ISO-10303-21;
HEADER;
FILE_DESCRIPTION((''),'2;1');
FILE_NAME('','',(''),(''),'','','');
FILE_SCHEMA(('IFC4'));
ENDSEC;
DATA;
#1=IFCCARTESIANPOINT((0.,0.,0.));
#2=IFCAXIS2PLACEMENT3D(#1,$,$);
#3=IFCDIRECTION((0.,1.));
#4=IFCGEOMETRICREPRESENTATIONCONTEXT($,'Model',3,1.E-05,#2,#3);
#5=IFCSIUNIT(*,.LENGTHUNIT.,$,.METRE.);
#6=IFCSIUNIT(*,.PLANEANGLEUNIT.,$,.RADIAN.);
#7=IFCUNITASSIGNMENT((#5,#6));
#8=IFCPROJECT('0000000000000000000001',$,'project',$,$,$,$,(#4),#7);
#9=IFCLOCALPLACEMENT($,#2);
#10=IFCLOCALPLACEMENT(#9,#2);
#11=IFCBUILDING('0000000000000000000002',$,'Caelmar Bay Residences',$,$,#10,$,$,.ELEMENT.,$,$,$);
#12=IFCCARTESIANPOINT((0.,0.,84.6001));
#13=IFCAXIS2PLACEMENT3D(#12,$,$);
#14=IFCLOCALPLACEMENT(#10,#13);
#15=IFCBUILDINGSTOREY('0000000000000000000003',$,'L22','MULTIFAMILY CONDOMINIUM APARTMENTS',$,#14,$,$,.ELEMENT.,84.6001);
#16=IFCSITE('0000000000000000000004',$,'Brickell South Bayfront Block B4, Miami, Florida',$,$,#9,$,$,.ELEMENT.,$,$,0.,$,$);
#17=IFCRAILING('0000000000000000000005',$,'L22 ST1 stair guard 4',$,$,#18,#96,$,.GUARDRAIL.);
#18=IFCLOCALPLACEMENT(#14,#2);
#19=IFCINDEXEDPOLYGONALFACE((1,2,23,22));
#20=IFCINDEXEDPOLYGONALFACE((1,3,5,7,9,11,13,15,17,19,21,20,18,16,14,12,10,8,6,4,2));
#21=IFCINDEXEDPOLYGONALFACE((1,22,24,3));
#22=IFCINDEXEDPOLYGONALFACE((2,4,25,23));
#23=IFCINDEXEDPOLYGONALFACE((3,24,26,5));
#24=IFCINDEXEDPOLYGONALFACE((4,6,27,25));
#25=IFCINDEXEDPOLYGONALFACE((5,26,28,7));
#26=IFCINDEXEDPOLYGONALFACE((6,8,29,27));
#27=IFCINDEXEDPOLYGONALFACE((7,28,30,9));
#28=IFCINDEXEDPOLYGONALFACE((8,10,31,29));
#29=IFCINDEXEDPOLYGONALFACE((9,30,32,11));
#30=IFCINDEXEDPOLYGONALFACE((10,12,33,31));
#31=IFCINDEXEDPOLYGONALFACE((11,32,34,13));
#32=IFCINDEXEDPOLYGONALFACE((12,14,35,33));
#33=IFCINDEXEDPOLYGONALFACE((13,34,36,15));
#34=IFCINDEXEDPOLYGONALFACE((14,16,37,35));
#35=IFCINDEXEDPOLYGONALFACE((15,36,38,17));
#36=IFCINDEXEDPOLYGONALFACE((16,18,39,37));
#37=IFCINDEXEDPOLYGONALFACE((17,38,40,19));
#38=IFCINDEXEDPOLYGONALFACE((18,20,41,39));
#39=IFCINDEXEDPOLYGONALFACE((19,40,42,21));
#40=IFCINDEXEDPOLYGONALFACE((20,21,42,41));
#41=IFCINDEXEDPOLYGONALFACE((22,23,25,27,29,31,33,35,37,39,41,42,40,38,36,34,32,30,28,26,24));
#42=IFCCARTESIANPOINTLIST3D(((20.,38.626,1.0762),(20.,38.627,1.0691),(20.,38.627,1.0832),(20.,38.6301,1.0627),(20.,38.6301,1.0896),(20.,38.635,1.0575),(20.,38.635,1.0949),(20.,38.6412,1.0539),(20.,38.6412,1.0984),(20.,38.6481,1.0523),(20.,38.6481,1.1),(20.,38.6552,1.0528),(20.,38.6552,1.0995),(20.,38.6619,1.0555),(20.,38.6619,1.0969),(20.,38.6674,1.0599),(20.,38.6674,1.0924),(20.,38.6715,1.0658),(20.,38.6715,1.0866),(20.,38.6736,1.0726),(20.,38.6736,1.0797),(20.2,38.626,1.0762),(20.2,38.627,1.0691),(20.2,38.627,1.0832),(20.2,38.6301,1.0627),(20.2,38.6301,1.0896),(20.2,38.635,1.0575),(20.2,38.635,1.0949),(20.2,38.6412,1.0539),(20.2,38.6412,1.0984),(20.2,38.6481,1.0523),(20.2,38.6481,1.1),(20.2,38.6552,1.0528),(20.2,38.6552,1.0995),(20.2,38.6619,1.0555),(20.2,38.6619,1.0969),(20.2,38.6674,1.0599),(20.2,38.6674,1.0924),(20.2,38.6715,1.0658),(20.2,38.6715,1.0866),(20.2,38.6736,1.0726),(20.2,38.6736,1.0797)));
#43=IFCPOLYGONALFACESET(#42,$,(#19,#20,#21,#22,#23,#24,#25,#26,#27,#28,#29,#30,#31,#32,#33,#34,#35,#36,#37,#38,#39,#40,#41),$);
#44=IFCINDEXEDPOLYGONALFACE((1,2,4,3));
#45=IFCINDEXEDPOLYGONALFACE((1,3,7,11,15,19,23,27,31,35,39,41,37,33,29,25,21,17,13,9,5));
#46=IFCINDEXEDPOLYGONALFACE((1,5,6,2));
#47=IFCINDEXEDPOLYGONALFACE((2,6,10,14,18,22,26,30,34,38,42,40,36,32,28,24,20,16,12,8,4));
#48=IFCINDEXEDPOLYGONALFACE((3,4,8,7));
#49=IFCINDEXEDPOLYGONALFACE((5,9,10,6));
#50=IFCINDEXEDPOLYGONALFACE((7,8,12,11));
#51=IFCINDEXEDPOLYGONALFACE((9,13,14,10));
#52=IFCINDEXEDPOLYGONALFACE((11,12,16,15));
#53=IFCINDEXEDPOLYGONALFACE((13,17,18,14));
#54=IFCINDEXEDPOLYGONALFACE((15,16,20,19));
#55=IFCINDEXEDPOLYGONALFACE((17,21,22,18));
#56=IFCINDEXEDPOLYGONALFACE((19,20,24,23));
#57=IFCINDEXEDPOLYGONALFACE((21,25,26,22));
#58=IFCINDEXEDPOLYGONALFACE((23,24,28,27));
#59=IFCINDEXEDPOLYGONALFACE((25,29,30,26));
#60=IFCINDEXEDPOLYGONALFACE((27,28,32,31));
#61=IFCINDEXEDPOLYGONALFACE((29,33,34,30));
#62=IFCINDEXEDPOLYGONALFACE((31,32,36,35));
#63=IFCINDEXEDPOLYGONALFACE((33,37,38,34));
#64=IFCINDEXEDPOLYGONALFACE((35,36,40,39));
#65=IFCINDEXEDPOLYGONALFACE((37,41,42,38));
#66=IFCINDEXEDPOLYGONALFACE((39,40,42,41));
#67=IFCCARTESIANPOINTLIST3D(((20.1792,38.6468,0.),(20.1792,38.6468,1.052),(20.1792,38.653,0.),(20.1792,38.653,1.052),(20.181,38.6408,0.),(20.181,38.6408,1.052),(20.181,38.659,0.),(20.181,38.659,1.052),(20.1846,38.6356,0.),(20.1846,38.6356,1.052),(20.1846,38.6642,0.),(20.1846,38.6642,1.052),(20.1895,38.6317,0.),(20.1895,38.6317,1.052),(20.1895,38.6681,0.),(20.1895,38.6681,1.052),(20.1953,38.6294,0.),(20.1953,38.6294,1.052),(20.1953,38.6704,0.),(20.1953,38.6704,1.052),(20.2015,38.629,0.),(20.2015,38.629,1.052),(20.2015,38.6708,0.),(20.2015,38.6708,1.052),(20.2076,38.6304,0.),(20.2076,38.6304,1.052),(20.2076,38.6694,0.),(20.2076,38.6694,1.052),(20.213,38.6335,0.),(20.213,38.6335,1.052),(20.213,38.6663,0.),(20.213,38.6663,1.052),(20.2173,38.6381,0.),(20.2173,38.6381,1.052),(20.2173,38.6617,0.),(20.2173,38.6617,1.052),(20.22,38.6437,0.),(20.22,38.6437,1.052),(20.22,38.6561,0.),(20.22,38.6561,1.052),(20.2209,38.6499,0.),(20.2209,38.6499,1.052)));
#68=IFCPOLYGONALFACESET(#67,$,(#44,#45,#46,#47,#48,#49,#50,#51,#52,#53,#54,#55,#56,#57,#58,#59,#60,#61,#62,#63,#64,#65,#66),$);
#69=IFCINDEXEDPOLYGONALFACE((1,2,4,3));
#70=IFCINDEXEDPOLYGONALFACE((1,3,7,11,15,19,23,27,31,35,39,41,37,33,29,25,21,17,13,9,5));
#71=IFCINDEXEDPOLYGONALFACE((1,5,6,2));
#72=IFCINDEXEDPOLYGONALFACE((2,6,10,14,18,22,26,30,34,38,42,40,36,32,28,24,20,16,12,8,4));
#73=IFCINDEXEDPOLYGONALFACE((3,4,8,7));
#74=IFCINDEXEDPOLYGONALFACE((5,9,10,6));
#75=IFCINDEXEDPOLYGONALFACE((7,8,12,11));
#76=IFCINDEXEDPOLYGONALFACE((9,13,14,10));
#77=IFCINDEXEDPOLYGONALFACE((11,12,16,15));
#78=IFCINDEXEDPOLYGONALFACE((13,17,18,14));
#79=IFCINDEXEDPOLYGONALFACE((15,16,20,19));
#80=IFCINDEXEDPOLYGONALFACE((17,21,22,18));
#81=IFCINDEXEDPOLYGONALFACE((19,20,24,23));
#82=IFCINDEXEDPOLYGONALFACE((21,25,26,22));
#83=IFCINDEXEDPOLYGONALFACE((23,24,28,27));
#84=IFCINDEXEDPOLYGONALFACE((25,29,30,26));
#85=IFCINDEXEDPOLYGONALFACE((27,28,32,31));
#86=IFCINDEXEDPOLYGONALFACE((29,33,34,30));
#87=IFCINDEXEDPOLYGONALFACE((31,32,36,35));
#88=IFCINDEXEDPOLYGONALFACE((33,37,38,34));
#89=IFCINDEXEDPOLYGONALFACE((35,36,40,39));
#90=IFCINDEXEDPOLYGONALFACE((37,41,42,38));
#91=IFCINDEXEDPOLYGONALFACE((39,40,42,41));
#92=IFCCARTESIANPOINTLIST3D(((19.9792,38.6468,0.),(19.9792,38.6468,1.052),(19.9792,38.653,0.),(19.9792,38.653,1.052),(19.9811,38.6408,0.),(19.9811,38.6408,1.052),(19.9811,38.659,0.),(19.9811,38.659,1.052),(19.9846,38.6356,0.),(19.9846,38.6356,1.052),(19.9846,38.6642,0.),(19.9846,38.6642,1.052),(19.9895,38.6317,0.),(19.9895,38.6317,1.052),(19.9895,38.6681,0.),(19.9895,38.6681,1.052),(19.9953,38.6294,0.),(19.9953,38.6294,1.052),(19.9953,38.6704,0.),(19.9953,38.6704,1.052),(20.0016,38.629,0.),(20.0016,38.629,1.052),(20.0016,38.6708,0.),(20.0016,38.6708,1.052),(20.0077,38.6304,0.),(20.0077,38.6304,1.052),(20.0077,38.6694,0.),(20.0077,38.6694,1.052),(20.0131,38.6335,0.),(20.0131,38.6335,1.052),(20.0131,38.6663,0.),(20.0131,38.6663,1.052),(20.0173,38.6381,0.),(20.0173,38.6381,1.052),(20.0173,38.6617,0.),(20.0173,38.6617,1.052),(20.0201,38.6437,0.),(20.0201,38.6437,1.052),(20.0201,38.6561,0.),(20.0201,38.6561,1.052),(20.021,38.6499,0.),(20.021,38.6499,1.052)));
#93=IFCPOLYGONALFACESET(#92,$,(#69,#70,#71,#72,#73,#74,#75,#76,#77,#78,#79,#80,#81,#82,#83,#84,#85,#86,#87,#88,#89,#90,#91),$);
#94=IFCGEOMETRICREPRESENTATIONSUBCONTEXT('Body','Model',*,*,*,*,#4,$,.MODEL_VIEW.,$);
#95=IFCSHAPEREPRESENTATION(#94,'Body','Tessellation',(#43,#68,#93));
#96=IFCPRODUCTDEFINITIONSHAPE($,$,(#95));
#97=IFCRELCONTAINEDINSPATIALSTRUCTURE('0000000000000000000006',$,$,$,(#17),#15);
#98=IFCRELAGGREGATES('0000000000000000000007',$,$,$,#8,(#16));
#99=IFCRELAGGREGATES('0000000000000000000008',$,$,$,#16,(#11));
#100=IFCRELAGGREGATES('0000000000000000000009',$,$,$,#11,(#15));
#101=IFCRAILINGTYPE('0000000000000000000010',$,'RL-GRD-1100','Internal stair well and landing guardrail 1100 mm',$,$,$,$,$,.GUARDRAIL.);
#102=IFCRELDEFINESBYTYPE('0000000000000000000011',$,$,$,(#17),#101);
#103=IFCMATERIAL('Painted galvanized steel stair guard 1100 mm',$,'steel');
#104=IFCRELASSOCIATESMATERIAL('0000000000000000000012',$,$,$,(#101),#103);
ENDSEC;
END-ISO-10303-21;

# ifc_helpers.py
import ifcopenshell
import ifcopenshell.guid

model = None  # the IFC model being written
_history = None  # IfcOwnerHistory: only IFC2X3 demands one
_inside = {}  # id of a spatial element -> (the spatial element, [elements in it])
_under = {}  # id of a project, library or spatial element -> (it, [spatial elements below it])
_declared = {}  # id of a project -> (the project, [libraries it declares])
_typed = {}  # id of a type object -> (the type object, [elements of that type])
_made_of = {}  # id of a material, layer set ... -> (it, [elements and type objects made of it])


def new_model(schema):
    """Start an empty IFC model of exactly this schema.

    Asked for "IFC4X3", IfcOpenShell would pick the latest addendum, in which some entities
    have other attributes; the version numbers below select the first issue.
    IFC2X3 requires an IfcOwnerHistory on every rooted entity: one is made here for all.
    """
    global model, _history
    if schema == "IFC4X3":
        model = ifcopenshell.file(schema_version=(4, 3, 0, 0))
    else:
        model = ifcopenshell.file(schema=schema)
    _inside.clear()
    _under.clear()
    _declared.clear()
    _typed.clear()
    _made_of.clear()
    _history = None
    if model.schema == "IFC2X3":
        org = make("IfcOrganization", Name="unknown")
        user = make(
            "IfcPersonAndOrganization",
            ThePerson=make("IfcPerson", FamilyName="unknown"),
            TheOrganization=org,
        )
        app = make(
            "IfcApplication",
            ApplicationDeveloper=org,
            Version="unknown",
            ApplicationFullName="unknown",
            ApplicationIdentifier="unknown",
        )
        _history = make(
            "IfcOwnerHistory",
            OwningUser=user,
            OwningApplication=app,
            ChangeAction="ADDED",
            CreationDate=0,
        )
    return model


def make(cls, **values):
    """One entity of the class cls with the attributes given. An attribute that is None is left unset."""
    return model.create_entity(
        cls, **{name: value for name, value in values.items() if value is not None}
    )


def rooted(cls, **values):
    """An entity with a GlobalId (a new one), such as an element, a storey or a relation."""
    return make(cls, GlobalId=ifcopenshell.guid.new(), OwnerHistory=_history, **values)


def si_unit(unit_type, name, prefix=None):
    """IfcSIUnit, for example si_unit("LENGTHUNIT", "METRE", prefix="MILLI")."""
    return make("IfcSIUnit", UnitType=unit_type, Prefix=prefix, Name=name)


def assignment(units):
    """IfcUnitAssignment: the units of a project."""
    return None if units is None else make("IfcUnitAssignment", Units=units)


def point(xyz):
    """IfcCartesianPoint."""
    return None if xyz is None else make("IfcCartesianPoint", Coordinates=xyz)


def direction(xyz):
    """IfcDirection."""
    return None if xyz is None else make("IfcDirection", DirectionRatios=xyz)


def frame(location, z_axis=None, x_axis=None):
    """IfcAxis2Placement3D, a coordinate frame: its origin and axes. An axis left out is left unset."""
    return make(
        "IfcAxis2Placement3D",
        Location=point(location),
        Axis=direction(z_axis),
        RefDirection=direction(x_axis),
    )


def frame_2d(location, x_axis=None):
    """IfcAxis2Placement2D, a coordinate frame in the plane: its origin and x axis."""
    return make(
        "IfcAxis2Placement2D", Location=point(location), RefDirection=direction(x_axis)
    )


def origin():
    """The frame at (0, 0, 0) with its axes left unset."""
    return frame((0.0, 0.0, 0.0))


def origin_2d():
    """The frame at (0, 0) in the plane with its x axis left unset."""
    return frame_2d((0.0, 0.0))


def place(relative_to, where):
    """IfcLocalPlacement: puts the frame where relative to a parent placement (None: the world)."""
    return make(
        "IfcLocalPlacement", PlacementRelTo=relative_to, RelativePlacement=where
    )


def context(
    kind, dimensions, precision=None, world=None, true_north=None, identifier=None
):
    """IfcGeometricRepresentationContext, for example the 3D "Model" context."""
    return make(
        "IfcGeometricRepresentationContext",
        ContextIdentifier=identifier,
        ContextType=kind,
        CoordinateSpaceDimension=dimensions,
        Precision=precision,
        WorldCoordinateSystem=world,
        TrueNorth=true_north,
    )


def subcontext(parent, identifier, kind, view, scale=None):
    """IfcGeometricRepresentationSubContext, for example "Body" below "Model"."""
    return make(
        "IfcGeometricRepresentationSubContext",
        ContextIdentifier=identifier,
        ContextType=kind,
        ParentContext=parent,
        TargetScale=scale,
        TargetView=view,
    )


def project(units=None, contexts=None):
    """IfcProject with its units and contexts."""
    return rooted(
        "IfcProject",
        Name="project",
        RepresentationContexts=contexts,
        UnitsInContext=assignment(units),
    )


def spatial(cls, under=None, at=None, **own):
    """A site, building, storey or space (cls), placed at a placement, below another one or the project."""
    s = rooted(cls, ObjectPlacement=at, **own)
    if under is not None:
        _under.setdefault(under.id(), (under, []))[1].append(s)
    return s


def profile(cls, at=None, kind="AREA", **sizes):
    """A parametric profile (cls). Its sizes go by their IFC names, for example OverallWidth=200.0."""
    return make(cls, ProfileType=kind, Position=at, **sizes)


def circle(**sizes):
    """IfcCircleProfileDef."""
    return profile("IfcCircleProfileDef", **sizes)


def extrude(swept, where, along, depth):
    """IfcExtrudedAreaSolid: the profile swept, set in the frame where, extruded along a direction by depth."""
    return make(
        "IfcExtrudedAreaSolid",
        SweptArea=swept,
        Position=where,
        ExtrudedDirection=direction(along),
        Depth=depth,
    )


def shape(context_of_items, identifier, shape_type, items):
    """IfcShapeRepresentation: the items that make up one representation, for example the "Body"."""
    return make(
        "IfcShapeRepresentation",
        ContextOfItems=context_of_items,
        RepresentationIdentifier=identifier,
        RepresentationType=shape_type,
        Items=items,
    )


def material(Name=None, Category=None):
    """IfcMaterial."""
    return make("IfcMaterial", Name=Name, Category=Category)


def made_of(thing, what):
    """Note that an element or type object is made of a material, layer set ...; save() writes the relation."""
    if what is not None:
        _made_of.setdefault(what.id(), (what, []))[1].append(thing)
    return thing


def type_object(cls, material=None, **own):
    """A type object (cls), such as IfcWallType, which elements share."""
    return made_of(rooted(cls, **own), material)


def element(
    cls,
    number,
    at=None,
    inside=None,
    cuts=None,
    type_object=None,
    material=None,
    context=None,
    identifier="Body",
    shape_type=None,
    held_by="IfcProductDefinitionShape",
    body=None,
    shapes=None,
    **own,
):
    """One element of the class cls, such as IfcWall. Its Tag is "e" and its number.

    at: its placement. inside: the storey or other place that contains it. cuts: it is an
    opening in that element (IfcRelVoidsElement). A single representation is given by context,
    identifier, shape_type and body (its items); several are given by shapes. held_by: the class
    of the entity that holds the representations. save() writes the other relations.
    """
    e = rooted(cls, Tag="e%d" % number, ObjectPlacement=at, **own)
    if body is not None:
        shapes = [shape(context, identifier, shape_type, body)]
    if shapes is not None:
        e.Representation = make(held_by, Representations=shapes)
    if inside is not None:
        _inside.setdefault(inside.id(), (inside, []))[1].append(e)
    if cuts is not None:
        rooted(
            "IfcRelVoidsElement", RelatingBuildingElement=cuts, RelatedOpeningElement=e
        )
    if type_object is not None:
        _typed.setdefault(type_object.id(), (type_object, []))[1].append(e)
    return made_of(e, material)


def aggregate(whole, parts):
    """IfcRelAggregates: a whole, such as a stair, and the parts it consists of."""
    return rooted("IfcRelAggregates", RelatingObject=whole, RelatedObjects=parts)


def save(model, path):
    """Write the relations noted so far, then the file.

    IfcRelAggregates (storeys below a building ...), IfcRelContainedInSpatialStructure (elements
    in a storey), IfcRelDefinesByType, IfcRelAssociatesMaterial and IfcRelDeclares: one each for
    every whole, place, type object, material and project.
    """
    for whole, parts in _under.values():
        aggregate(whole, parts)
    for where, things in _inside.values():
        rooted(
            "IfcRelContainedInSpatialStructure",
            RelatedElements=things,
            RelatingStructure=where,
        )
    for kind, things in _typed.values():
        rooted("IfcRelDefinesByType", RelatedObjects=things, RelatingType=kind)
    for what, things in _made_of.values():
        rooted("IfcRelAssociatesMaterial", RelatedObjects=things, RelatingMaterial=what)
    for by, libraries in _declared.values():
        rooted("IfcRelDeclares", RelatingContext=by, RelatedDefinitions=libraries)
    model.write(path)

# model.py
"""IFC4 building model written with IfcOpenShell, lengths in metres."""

from ifc_helpers import new_model, si_unit, direction, frame, origin, origin_2d, place, context, subcontext, project, spatial, circle, extrude, material, type_object, element, save


model = new_model("IFC4")

# Units and contexts
model_context = context("Model", 3, precision=1e-05, world=origin(), true_north=direction((0.0, 1.0)))
body_context = subcontext(model_context, "Body", "Model", "MODEL_VIEW")
ifc_project = project(units=[si_unit("LENGTHUNIT", "METRE"), si_unit("PLANEANGLEUNIT", "RADIAN")], contexts=[model_context])

# Site, building, storey
site_placement = place(None, origin())
site = spatial("IfcSite", under=ifc_project, at=site_placement, Name="Brickell South Bayfront Block B4, Miami, Florida", CompositionType="ELEMENT", RefElevation=0.0)
building_placement = place(site_placement, origin())
building = spatial("IfcBuilding", under=site, at=building_placement, Name="Caelmar Bay Residences", CompositionType="ELEMENT")
storey_placement = place(building_placement, frame((0.0, 0.0, 84.6001)))
storey = spatial("IfcBuildingStorey", under=building, at=storey_placement, Name="L22", Description="MULTIFAMILY CONDOMINIUM APARTMENTS", CompositionType="ELEMENT", Elevation=84.6001)

# Railing
ifc_material_1 = material(Name="Painted galvanized steel stair guard 1100 mm", Category="steel")
railing_type_1 = type_object("IfcRailingType", Name="RL-GRD-1100", Description="Internal stair well and landing guardrail 1100 mm", PredefinedType="GUARDRAIL", material=ifc_material_1)
railing_1_placement = place(storey_placement, frame((20.2, 38.6499, 0.0)))
element("IfcRailing", 1, at=railing_1_placement, inside=storey, type_object=railing_type_1, Name="L22 ST1 stair guard 4", PredefinedType="GUARDRAIL", context=body_context, shape_type="SweptSolid", body=[
    extrude(circle(Radius=0.0239, at=origin_2d()), frame((0.0, 0.0, 1.0762), z_axis=(-1.0, 0.0, 0.0), x_axis=(0.0, -1.0, 0.0)), (0.0, 0.0, 1.0), 0.2),
    extrude(circle(Radius=0.021, at=origin_2d()), origin(), (0.0, 0.0, 1.0), 1.052),
    extrude(circle(Radius=0.021, at=origin_2d()), frame((-0.2, 0.0, 0.0)), (0.0, 0.0, 1.0), 1.052),
])

save(model, "model.ifc")
